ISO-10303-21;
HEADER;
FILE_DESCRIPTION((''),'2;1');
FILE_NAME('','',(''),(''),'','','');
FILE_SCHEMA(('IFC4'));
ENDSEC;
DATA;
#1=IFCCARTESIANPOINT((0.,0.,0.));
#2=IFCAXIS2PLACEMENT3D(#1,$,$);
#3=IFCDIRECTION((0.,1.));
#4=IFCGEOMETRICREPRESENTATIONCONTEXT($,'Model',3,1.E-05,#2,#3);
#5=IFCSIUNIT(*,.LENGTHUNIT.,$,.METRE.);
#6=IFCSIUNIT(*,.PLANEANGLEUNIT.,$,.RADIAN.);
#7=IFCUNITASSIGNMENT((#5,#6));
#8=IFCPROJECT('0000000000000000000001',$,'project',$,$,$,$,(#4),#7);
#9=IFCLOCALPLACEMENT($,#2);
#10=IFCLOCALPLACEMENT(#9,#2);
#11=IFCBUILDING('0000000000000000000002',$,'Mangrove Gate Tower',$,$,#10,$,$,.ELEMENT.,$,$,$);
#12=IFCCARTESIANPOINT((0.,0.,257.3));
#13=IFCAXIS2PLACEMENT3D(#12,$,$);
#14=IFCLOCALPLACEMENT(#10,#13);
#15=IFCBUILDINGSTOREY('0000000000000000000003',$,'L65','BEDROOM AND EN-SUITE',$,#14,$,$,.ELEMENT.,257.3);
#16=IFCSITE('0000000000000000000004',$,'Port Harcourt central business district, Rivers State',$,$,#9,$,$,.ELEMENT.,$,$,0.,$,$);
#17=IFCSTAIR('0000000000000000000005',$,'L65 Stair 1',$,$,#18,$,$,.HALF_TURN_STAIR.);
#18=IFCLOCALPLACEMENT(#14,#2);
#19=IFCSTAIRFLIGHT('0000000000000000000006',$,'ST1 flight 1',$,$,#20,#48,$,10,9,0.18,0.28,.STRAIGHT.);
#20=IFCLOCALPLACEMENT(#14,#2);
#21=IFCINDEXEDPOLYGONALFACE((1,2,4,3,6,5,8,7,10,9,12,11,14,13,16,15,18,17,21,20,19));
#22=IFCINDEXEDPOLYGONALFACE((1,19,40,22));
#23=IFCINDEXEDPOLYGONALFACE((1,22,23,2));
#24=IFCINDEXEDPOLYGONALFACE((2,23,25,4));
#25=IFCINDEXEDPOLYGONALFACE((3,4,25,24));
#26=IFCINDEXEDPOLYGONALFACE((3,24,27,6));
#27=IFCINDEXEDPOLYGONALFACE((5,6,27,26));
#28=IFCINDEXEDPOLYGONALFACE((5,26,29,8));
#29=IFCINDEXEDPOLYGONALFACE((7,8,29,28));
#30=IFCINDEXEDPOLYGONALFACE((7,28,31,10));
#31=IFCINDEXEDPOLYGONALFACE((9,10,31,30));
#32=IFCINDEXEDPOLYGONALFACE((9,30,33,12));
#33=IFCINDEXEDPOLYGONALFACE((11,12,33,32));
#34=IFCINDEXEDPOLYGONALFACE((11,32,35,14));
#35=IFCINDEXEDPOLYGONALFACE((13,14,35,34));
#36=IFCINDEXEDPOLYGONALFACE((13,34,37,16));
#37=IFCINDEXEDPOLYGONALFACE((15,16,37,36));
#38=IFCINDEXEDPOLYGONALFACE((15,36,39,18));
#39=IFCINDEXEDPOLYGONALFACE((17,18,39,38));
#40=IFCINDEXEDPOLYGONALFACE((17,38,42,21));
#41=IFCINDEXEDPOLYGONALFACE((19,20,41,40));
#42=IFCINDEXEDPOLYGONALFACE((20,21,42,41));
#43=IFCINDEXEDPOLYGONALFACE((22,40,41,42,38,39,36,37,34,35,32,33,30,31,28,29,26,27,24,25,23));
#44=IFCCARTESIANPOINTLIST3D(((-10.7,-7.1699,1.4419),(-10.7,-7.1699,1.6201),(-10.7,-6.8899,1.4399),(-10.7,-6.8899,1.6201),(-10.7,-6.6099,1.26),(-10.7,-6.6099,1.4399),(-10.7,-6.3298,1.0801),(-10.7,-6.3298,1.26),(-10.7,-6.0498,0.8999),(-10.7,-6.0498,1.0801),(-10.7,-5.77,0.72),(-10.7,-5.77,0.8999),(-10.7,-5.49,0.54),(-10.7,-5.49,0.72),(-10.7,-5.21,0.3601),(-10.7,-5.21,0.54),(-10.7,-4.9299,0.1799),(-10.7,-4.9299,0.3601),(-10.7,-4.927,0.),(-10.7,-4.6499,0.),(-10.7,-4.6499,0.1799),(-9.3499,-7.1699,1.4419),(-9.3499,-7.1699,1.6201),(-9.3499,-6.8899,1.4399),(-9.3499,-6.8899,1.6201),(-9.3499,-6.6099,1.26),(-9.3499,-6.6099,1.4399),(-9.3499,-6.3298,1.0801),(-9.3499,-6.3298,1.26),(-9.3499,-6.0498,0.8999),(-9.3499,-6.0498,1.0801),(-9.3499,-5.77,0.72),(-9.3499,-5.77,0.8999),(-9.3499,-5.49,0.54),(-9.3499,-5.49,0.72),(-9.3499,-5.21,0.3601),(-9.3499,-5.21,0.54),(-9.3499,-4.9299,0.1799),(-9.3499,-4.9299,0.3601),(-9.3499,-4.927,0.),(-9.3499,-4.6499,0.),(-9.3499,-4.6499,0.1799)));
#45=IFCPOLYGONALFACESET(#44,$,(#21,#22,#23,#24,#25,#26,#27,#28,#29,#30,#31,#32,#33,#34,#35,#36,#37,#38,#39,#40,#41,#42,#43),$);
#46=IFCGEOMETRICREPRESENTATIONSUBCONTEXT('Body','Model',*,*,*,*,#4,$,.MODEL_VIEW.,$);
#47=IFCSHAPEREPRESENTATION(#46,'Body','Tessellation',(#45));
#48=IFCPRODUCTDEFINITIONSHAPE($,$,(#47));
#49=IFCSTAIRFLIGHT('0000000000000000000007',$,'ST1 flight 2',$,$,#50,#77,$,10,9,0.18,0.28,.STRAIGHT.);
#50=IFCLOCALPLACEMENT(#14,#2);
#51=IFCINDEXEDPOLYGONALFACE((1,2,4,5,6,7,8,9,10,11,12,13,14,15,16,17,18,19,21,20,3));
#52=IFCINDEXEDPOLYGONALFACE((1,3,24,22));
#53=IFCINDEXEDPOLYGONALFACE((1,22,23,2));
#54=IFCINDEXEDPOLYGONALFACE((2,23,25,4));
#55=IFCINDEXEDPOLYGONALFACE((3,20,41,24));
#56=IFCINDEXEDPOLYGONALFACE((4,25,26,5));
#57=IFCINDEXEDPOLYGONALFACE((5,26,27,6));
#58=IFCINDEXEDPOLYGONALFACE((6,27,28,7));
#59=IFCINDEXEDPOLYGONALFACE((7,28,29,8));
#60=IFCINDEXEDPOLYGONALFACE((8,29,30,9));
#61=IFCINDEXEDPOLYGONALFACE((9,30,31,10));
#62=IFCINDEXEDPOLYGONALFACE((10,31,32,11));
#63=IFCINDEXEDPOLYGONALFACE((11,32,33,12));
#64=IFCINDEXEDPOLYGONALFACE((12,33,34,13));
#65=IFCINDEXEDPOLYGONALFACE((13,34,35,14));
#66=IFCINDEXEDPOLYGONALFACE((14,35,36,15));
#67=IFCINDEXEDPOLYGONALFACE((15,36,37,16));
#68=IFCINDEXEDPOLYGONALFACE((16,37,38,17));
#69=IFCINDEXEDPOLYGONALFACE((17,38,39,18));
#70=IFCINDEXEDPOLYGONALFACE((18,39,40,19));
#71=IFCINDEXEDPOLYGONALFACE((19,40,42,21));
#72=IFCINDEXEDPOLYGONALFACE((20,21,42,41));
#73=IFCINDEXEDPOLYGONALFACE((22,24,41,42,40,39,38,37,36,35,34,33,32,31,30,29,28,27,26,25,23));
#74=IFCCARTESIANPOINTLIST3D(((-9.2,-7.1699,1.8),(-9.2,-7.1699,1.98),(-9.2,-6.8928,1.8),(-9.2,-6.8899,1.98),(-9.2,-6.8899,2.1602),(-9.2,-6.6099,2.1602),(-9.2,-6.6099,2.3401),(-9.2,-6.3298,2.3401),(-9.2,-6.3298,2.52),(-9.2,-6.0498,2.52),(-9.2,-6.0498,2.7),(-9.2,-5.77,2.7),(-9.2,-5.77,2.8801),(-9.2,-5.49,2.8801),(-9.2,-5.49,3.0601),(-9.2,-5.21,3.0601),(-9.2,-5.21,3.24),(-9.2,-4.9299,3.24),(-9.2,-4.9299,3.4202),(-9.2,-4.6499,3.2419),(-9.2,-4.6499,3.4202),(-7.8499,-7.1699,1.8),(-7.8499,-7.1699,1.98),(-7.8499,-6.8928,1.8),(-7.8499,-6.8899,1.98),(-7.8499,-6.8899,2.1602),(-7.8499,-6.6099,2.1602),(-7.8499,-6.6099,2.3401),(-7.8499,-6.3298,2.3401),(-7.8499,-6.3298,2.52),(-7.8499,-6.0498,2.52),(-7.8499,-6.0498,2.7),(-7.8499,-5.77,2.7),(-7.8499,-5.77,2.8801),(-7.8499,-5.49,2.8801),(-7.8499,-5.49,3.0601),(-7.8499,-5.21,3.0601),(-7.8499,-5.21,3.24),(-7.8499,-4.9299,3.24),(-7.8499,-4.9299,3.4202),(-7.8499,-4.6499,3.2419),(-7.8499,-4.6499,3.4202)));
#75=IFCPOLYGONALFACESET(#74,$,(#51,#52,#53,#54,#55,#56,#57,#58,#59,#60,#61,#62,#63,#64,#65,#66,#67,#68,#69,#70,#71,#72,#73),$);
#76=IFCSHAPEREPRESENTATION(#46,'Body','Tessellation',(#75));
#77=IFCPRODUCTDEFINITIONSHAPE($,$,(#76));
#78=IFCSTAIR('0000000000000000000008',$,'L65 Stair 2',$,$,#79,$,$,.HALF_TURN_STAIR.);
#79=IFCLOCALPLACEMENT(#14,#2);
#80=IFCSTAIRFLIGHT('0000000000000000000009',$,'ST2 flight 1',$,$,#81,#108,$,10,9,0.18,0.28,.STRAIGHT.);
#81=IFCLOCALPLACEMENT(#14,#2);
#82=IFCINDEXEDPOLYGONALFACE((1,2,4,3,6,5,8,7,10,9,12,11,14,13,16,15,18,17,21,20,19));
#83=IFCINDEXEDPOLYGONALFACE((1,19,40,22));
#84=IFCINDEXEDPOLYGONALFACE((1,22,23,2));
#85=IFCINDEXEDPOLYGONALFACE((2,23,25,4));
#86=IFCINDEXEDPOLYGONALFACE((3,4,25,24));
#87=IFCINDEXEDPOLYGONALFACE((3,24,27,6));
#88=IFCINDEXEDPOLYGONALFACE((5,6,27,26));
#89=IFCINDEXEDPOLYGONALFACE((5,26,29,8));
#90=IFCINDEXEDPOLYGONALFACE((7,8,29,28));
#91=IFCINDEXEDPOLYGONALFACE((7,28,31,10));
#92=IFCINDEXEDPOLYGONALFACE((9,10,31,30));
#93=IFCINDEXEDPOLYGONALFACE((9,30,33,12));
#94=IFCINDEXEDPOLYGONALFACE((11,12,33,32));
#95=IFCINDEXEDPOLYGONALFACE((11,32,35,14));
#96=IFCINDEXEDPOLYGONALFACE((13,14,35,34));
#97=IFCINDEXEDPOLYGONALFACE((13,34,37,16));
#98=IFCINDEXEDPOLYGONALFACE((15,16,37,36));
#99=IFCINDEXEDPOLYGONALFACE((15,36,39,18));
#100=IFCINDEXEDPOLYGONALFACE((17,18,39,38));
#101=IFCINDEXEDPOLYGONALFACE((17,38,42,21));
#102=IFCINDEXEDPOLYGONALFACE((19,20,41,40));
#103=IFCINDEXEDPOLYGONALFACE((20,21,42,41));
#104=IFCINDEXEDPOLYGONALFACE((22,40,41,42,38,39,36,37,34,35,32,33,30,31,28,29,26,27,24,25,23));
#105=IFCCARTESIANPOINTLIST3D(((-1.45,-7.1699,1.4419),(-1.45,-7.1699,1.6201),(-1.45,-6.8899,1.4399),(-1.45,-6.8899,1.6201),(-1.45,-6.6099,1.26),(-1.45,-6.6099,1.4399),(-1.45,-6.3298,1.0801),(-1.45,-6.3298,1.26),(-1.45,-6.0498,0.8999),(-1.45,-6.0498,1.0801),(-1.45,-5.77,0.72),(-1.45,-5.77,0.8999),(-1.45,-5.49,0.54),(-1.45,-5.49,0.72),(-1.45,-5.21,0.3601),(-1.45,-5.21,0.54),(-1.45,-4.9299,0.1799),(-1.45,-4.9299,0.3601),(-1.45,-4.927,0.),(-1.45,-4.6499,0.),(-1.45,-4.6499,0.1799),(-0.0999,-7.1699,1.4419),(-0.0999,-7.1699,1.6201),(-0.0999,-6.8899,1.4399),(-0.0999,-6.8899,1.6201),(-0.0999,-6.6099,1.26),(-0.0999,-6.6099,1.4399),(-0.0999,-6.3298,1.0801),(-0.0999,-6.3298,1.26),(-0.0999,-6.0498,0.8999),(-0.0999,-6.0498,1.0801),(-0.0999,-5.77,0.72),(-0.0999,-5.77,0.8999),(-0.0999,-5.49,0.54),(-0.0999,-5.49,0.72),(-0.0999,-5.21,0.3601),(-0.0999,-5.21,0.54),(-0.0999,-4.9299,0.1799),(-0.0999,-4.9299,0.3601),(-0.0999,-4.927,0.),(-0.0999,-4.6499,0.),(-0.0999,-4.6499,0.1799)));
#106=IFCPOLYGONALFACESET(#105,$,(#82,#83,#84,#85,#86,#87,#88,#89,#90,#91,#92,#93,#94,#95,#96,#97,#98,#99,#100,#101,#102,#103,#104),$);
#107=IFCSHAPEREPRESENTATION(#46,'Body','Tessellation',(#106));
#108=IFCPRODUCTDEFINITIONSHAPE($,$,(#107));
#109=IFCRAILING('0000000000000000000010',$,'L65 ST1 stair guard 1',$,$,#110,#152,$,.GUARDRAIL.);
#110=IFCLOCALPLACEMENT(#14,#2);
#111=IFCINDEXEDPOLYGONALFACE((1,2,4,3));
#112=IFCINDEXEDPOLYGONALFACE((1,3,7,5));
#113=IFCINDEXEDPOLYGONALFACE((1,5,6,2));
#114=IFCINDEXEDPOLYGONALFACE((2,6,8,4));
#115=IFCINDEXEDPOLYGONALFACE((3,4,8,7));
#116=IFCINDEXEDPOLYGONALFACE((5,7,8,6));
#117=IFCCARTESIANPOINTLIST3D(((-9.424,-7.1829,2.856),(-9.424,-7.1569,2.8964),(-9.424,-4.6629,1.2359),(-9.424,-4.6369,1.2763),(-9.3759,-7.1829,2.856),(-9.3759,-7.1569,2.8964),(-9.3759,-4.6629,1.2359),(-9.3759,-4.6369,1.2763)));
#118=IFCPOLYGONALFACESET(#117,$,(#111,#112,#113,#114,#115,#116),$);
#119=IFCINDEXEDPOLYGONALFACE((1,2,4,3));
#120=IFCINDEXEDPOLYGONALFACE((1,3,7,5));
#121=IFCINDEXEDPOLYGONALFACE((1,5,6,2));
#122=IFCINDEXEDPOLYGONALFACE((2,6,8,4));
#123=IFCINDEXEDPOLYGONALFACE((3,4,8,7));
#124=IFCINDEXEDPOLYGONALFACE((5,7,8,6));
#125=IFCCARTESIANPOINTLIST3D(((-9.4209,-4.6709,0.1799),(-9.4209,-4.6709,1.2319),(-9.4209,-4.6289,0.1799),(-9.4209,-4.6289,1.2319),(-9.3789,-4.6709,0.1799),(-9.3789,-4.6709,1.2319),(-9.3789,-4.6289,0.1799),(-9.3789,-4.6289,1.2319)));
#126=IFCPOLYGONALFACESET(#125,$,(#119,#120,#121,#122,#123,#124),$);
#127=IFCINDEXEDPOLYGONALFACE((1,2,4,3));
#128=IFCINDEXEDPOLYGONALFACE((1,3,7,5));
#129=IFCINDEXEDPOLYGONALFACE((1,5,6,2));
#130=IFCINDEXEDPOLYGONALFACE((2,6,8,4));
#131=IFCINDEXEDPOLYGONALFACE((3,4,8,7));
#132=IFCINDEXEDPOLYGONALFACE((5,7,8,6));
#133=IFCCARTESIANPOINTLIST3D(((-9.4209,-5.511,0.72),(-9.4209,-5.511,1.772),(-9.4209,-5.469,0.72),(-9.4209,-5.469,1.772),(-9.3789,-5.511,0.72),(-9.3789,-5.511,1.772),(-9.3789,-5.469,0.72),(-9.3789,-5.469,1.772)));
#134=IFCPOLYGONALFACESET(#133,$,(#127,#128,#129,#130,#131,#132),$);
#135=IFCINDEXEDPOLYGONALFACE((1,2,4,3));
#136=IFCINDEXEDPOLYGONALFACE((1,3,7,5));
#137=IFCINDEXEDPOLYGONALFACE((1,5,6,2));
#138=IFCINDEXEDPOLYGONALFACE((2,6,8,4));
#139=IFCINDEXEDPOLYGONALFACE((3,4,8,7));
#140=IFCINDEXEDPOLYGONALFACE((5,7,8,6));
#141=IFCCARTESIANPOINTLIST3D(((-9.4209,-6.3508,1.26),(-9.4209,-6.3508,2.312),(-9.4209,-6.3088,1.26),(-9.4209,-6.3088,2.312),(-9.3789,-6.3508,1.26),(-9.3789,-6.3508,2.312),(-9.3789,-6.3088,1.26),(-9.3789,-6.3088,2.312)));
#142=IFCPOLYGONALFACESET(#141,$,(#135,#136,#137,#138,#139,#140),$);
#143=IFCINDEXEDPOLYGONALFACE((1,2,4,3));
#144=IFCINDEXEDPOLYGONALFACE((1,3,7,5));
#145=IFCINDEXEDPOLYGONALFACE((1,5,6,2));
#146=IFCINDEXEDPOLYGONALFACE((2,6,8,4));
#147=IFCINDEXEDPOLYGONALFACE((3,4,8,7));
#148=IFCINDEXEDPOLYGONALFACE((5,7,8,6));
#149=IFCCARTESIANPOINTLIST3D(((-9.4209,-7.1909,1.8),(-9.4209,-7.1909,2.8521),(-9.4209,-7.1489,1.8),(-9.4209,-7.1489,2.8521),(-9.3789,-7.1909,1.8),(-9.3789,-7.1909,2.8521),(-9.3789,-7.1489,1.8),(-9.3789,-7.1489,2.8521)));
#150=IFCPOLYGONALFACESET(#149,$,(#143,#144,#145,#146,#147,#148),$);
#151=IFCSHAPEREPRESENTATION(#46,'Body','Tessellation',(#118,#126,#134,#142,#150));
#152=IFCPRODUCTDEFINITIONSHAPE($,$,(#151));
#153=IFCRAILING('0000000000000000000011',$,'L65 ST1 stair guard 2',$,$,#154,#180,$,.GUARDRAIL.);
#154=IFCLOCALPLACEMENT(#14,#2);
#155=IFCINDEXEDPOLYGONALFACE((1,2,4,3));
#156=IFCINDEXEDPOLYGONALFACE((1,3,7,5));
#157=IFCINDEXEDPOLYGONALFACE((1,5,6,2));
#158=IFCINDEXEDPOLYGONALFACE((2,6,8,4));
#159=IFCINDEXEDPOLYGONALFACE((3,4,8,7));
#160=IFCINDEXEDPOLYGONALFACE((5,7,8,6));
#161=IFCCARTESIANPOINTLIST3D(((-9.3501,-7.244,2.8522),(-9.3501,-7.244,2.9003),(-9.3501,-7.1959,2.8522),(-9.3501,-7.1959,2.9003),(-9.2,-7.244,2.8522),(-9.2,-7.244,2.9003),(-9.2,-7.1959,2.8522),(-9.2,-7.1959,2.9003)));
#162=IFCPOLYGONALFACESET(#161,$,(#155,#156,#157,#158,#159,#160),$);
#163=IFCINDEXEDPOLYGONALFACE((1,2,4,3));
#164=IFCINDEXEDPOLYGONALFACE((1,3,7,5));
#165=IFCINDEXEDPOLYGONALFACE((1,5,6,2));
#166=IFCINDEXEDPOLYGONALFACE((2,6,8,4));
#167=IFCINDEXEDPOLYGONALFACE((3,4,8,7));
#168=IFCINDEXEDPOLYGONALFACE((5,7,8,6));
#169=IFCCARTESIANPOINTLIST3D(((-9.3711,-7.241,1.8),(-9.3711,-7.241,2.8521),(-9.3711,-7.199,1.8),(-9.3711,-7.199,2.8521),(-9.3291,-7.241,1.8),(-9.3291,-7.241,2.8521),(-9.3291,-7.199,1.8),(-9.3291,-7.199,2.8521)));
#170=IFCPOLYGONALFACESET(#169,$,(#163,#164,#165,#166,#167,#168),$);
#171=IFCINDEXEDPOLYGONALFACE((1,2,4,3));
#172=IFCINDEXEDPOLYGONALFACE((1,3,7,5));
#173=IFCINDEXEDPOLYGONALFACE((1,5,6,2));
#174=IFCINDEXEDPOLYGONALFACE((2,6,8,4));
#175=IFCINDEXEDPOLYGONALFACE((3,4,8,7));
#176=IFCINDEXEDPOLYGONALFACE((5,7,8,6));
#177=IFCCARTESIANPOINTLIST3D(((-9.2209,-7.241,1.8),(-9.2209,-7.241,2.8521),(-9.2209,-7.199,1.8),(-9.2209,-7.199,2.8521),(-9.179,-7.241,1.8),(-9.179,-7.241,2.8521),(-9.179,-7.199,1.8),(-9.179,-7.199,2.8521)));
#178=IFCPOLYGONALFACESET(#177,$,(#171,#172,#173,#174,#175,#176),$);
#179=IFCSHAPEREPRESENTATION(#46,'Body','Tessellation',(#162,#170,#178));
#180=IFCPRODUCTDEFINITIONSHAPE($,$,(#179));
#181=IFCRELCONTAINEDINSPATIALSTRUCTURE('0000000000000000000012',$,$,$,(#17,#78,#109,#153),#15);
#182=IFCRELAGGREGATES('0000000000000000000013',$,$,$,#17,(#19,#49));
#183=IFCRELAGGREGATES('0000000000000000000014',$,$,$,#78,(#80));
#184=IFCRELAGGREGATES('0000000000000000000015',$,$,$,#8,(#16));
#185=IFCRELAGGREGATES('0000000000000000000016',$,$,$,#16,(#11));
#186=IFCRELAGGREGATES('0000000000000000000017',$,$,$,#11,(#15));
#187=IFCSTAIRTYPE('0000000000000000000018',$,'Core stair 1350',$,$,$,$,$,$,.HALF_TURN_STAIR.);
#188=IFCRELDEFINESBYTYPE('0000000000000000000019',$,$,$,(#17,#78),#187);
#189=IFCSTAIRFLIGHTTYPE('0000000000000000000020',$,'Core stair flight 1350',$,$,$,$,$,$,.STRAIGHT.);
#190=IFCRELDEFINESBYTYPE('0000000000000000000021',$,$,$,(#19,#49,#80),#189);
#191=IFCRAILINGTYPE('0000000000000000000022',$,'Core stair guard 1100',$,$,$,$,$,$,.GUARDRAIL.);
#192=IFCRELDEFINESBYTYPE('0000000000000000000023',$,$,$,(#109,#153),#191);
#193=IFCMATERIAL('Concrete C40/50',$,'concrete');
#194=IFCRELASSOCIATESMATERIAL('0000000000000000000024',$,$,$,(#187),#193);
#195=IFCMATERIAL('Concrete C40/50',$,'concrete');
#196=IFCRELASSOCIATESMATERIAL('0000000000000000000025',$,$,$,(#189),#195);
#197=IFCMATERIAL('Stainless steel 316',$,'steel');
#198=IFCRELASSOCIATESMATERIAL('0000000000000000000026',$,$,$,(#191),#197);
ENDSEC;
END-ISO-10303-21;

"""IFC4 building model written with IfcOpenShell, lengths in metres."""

from ifc_helpers import new_model, si_unit, direction, frame, origin, origin_2d, place, context, subcontext, project, spatial, polyline, rectangle, outline, extrude, material, type_object, element, aggregate, save


model = new_model("IFC4")

# Units and contexts
model_context = context("Model", 3, precision=1e-05, world=origin(), true_north=direction((0.0, 1.0)))
body_context = subcontext(model_context, "Body", "Model", "MODEL_VIEW")
ifc_project = project(units=[si_unit("LENGTHUNIT", "METRE"), si_unit("PLANEANGLEUNIT", "RADIAN")], contexts=[model_context])

# Site, building, storey
site_placement = place(None, origin())
site = spatial("IfcSite", under=ifc_project, at=site_placement, Name="Port Harcourt central business district, Rivers State", CompositionType="ELEMENT", RefElevation=0.0)
building_placement = place(site_placement, origin())
building = spatial("IfcBuilding", under=site, at=building_placement, Name="Mangrove Gate Tower", CompositionType="ELEMENT")
storey_placement = place(building_placement, frame((0.0, 0.0, 257.3)))
storey = spatial("IfcBuildingStorey", under=building, at=storey_placement, Name="L65", Description="BEDROOM AND EN-SUITE", CompositionType="ELEMENT", Elevation=257.3)

# Stair, stair flights
ifc_material_1 = material(Name="Concrete C40/50", Category="concrete")
stair_type = type_object("IfcStairType", Name="Core stair 1350", PredefinedType="HALF_TURN_STAIR", material=ifc_material_1)
stair_1_placement = place(storey_placement, origin())
stair_1 = element("IfcStair", 1, at=stair_1_placement, inside=storey, type_object=stair_type, Name="L65 Stair 1", PredefinedType="HALF_TURN_STAIR")
ifc_material_2 = material(Name="Concrete C40/50", Category="concrete")
stair_flight_type = type_object("IfcStairFlightType", Name="Core stair flight 1350", PredefinedType="STRAIGHT", material=ifc_material_2)
stair_flight_1_placement = place(storey_placement, frame((-10.0249, -4.6499, 0.0), z_axis=(0.0, 0.0, 1.0), x_axis=(0.0, -1.0, 0.0)))
stair_flight_1 = element("IfcStairFlight", 2, at=stair_flight_1_placement, type_object=stair_flight_type, Name="ST1 flight 1", NumberOfRisers=10, NumberOfTreads=9, PredefinedType="STRAIGHT", RiserHeight=0.18, TreadLength=0.28, context=body_context, shape_type="SweptSolid", body=[
    extrude(outline(polyline([(0.0, 0.0), (0.0, 0.1799), (0.28, 0.1799), (0.28, 0.3601), (0.5601, 0.3601), (0.5601, 0.54), (0.8401, 0.54), (0.8401, 0.72), (1.1201, 0.72), (1.1201, 0.8999), (1.3999, 0.8999), (1.3999, 1.0801), (1.6799, 1.0801), (1.6799, 1.26), (1.96, 1.26), (1.96, 1.4399), (2.24, 1.4399), (2.24, 1.6201), (2.52, 1.6201), (2.52, 1.8), (2.52, 1.4419), (0.2771, 0.0), (0.0, 0.0)])), frame((0.0, 0.675, 0.0), z_axis=(0.0, -1.0, 0.0), x_axis=(1.0, 0.0, 0.0)), (0.0, 0.0, 1.0), 1.3501),
])
stair_flight_2_placement = place(storey_placement, frame((-8.5249, -7.1699, 1.8), z_axis=(0.0, 0.0, 1.0), x_axis=(0.0, 1.0, 0.0)))
stair_flight_2 = element("IfcStairFlight", 3, at=stair_flight_2_placement, type_object=stair_flight_type, Name="ST1 flight 2", NumberOfRisers=10, NumberOfTreads=9, PredefinedType="STRAIGHT", RiserHeight=0.18, TreadLength=0.28, context=body_context, shape_type="SweptSolid", body=[
    extrude(outline(polyline([(0.0, 0.0), (0.0, 0.1799), (0.28, 0.1799), (0.28, 0.3601), (0.5601, 0.3601), (0.5601, 0.54), (0.8401, 0.54), (0.8401, 0.72), (1.1201, 0.72), (1.1201, 0.8999), (1.3999, 0.8999), (1.3999, 1.0801), (1.6799, 1.0801), (1.6799, 1.26), (1.96, 1.26), (1.96, 1.4399), (2.24, 1.4399), (2.24, 1.6201), (2.52, 1.6201), (2.52, 1.8), (2.52, 1.4419), (0.2771, 0.0), (0.0, 0.0)])), frame((0.0, 0.675, 0.0), z_axis=(0.0, -1.0, 0.0), x_axis=(1.0, 0.0, 0.0)), (0.0, 0.0, 1.0), 1.3501),
])
aggregate(stair_1, [stair_flight_1, stair_flight_2])

# Stair, stair flight
stair_2_placement = place(storey_placement, origin())
stair_2 = element("IfcStair", 4, at=stair_2_placement, inside=storey, type_object=stair_type, Name="L65 Stair 2", PredefinedType="HALF_TURN_STAIR")
stair_flight_3_placement = place(storey_placement, frame((-0.7749, -4.6499, 0.0), z_axis=(0.0, 0.0, 1.0), x_axis=(0.0, -1.0, 0.0)))
stair_flight_3 = element("IfcStairFlight", 5, at=stair_flight_3_placement, type_object=stair_flight_type, Name="ST2 flight 1", NumberOfRisers=10, NumberOfTreads=9, PredefinedType="STRAIGHT", RiserHeight=0.18, TreadLength=0.28, context=body_context, shape_type="SweptSolid", body=[
    extrude(outline(polyline([(0.0, 0.0), (0.0, 0.1799), (0.28, 0.1799), (0.28, 0.3601), (0.5601, 0.3601), (0.5601, 0.54), (0.8401, 0.54), (0.8401, 0.72), (1.1201, 0.72), (1.1201, 0.8999), (1.3999, 0.8999), (1.3999, 1.0801), (1.6799, 1.0801), (1.6799, 1.26), (1.96, 1.26), (1.96, 1.4399), (2.24, 1.4399), (2.24, 1.6201), (2.52, 1.6201), (2.52, 1.8), (2.52, 1.4419), (0.2771, 0.0), (0.0, 0.0)])), frame((0.0, 0.675, 0.0), z_axis=(0.0, -1.0, 0.0), x_axis=(1.0, 0.0, 0.0)), (0.0, 0.0, 1.0), 1.3501),
])
aggregate(stair_2, [stair_flight_3])

# Railings
ifc_material_3 = material(Name="Stainless steel 316", Category="steel")
railing_type_1 = type_object("IfcRailingType", Name="Core stair guard 1100", PredefinedType="GUARDRAIL", material=ifc_material_3)
railing_1_placement = place(storey_placement, frame((-9.3999, -4.6499, 0.1799)))
element("IfcRailing", 6, at=railing_1_placement, inside=storey, type_object=railing_type_1, Name="L65 ST1 stair guard 1", PredefinedType="GUARDRAIL", context=body_context, shape_type="SweptSolid", body=[
    extrude(rectangle(XDim=0.0481, YDim=0.0481, at=origin_2d()), frame((0.0, 0.0, 1.0762), z_axis=(0.0, -0.841163, 0.540782), x_axis=(1.0, 0.0, 0.0)), (0.0, 0.0, 1.0), 2.9958),
    extrude(rectangle(XDim=0.042, YDim=0.042, at=origin_2d()), origin(), (0.0, 0.0, 1.0), 1.052),
    extrude(rectangle(XDim=0.042, YDim=0.042, at=origin_2d()), frame((0.0, -0.8401, 0.54)), (0.0, 0.0, 1.0), 1.052),
    extrude(rectangle(XDim=0.042, YDim=0.042, at=origin_2d()), frame((0.0, -1.6799, 1.0801)), (0.0, 0.0, 1.0), 1.052),
    extrude(rectangle(XDim=0.042, YDim=0.042, at=origin_2d()), frame((0.0, -2.52, 1.6201)), (0.0, 0.0, 1.0), 1.052),
])
railing_2_placement = place(storey_placement, frame((-9.3501, -7.22, 1.8)))
element("IfcRailing", 7, at=railing_2_placement, inside=storey, type_object=railing_type_1, Name="L65 ST1 stair guard 2", PredefinedType="GUARDRAIL", context=body_context, shape_type="SweptSolid", body=[
    extrude(rectangle(XDim=0.0481, YDim=0.0481, at=origin_2d()), frame((0.0, 0.0, 1.0762), z_axis=(1.0, 0.0, 0.0), x_axis=(0.0, 1.0, 0.0)), (0.0, 0.0, 1.0), 0.1501),
    extrude(rectangle(XDim=0.042, YDim=0.042, at=origin_2d()), origin(), (0.0, 0.0, 1.0), 1.052),
    extrude(rectangle(XDim=0.042, YDim=0.042, at=origin_2d()), frame((0.1501, 0.0, 0.0)), (0.0, 0.0, 1.0), 1.052),
])

save(model, "model.ifc")
